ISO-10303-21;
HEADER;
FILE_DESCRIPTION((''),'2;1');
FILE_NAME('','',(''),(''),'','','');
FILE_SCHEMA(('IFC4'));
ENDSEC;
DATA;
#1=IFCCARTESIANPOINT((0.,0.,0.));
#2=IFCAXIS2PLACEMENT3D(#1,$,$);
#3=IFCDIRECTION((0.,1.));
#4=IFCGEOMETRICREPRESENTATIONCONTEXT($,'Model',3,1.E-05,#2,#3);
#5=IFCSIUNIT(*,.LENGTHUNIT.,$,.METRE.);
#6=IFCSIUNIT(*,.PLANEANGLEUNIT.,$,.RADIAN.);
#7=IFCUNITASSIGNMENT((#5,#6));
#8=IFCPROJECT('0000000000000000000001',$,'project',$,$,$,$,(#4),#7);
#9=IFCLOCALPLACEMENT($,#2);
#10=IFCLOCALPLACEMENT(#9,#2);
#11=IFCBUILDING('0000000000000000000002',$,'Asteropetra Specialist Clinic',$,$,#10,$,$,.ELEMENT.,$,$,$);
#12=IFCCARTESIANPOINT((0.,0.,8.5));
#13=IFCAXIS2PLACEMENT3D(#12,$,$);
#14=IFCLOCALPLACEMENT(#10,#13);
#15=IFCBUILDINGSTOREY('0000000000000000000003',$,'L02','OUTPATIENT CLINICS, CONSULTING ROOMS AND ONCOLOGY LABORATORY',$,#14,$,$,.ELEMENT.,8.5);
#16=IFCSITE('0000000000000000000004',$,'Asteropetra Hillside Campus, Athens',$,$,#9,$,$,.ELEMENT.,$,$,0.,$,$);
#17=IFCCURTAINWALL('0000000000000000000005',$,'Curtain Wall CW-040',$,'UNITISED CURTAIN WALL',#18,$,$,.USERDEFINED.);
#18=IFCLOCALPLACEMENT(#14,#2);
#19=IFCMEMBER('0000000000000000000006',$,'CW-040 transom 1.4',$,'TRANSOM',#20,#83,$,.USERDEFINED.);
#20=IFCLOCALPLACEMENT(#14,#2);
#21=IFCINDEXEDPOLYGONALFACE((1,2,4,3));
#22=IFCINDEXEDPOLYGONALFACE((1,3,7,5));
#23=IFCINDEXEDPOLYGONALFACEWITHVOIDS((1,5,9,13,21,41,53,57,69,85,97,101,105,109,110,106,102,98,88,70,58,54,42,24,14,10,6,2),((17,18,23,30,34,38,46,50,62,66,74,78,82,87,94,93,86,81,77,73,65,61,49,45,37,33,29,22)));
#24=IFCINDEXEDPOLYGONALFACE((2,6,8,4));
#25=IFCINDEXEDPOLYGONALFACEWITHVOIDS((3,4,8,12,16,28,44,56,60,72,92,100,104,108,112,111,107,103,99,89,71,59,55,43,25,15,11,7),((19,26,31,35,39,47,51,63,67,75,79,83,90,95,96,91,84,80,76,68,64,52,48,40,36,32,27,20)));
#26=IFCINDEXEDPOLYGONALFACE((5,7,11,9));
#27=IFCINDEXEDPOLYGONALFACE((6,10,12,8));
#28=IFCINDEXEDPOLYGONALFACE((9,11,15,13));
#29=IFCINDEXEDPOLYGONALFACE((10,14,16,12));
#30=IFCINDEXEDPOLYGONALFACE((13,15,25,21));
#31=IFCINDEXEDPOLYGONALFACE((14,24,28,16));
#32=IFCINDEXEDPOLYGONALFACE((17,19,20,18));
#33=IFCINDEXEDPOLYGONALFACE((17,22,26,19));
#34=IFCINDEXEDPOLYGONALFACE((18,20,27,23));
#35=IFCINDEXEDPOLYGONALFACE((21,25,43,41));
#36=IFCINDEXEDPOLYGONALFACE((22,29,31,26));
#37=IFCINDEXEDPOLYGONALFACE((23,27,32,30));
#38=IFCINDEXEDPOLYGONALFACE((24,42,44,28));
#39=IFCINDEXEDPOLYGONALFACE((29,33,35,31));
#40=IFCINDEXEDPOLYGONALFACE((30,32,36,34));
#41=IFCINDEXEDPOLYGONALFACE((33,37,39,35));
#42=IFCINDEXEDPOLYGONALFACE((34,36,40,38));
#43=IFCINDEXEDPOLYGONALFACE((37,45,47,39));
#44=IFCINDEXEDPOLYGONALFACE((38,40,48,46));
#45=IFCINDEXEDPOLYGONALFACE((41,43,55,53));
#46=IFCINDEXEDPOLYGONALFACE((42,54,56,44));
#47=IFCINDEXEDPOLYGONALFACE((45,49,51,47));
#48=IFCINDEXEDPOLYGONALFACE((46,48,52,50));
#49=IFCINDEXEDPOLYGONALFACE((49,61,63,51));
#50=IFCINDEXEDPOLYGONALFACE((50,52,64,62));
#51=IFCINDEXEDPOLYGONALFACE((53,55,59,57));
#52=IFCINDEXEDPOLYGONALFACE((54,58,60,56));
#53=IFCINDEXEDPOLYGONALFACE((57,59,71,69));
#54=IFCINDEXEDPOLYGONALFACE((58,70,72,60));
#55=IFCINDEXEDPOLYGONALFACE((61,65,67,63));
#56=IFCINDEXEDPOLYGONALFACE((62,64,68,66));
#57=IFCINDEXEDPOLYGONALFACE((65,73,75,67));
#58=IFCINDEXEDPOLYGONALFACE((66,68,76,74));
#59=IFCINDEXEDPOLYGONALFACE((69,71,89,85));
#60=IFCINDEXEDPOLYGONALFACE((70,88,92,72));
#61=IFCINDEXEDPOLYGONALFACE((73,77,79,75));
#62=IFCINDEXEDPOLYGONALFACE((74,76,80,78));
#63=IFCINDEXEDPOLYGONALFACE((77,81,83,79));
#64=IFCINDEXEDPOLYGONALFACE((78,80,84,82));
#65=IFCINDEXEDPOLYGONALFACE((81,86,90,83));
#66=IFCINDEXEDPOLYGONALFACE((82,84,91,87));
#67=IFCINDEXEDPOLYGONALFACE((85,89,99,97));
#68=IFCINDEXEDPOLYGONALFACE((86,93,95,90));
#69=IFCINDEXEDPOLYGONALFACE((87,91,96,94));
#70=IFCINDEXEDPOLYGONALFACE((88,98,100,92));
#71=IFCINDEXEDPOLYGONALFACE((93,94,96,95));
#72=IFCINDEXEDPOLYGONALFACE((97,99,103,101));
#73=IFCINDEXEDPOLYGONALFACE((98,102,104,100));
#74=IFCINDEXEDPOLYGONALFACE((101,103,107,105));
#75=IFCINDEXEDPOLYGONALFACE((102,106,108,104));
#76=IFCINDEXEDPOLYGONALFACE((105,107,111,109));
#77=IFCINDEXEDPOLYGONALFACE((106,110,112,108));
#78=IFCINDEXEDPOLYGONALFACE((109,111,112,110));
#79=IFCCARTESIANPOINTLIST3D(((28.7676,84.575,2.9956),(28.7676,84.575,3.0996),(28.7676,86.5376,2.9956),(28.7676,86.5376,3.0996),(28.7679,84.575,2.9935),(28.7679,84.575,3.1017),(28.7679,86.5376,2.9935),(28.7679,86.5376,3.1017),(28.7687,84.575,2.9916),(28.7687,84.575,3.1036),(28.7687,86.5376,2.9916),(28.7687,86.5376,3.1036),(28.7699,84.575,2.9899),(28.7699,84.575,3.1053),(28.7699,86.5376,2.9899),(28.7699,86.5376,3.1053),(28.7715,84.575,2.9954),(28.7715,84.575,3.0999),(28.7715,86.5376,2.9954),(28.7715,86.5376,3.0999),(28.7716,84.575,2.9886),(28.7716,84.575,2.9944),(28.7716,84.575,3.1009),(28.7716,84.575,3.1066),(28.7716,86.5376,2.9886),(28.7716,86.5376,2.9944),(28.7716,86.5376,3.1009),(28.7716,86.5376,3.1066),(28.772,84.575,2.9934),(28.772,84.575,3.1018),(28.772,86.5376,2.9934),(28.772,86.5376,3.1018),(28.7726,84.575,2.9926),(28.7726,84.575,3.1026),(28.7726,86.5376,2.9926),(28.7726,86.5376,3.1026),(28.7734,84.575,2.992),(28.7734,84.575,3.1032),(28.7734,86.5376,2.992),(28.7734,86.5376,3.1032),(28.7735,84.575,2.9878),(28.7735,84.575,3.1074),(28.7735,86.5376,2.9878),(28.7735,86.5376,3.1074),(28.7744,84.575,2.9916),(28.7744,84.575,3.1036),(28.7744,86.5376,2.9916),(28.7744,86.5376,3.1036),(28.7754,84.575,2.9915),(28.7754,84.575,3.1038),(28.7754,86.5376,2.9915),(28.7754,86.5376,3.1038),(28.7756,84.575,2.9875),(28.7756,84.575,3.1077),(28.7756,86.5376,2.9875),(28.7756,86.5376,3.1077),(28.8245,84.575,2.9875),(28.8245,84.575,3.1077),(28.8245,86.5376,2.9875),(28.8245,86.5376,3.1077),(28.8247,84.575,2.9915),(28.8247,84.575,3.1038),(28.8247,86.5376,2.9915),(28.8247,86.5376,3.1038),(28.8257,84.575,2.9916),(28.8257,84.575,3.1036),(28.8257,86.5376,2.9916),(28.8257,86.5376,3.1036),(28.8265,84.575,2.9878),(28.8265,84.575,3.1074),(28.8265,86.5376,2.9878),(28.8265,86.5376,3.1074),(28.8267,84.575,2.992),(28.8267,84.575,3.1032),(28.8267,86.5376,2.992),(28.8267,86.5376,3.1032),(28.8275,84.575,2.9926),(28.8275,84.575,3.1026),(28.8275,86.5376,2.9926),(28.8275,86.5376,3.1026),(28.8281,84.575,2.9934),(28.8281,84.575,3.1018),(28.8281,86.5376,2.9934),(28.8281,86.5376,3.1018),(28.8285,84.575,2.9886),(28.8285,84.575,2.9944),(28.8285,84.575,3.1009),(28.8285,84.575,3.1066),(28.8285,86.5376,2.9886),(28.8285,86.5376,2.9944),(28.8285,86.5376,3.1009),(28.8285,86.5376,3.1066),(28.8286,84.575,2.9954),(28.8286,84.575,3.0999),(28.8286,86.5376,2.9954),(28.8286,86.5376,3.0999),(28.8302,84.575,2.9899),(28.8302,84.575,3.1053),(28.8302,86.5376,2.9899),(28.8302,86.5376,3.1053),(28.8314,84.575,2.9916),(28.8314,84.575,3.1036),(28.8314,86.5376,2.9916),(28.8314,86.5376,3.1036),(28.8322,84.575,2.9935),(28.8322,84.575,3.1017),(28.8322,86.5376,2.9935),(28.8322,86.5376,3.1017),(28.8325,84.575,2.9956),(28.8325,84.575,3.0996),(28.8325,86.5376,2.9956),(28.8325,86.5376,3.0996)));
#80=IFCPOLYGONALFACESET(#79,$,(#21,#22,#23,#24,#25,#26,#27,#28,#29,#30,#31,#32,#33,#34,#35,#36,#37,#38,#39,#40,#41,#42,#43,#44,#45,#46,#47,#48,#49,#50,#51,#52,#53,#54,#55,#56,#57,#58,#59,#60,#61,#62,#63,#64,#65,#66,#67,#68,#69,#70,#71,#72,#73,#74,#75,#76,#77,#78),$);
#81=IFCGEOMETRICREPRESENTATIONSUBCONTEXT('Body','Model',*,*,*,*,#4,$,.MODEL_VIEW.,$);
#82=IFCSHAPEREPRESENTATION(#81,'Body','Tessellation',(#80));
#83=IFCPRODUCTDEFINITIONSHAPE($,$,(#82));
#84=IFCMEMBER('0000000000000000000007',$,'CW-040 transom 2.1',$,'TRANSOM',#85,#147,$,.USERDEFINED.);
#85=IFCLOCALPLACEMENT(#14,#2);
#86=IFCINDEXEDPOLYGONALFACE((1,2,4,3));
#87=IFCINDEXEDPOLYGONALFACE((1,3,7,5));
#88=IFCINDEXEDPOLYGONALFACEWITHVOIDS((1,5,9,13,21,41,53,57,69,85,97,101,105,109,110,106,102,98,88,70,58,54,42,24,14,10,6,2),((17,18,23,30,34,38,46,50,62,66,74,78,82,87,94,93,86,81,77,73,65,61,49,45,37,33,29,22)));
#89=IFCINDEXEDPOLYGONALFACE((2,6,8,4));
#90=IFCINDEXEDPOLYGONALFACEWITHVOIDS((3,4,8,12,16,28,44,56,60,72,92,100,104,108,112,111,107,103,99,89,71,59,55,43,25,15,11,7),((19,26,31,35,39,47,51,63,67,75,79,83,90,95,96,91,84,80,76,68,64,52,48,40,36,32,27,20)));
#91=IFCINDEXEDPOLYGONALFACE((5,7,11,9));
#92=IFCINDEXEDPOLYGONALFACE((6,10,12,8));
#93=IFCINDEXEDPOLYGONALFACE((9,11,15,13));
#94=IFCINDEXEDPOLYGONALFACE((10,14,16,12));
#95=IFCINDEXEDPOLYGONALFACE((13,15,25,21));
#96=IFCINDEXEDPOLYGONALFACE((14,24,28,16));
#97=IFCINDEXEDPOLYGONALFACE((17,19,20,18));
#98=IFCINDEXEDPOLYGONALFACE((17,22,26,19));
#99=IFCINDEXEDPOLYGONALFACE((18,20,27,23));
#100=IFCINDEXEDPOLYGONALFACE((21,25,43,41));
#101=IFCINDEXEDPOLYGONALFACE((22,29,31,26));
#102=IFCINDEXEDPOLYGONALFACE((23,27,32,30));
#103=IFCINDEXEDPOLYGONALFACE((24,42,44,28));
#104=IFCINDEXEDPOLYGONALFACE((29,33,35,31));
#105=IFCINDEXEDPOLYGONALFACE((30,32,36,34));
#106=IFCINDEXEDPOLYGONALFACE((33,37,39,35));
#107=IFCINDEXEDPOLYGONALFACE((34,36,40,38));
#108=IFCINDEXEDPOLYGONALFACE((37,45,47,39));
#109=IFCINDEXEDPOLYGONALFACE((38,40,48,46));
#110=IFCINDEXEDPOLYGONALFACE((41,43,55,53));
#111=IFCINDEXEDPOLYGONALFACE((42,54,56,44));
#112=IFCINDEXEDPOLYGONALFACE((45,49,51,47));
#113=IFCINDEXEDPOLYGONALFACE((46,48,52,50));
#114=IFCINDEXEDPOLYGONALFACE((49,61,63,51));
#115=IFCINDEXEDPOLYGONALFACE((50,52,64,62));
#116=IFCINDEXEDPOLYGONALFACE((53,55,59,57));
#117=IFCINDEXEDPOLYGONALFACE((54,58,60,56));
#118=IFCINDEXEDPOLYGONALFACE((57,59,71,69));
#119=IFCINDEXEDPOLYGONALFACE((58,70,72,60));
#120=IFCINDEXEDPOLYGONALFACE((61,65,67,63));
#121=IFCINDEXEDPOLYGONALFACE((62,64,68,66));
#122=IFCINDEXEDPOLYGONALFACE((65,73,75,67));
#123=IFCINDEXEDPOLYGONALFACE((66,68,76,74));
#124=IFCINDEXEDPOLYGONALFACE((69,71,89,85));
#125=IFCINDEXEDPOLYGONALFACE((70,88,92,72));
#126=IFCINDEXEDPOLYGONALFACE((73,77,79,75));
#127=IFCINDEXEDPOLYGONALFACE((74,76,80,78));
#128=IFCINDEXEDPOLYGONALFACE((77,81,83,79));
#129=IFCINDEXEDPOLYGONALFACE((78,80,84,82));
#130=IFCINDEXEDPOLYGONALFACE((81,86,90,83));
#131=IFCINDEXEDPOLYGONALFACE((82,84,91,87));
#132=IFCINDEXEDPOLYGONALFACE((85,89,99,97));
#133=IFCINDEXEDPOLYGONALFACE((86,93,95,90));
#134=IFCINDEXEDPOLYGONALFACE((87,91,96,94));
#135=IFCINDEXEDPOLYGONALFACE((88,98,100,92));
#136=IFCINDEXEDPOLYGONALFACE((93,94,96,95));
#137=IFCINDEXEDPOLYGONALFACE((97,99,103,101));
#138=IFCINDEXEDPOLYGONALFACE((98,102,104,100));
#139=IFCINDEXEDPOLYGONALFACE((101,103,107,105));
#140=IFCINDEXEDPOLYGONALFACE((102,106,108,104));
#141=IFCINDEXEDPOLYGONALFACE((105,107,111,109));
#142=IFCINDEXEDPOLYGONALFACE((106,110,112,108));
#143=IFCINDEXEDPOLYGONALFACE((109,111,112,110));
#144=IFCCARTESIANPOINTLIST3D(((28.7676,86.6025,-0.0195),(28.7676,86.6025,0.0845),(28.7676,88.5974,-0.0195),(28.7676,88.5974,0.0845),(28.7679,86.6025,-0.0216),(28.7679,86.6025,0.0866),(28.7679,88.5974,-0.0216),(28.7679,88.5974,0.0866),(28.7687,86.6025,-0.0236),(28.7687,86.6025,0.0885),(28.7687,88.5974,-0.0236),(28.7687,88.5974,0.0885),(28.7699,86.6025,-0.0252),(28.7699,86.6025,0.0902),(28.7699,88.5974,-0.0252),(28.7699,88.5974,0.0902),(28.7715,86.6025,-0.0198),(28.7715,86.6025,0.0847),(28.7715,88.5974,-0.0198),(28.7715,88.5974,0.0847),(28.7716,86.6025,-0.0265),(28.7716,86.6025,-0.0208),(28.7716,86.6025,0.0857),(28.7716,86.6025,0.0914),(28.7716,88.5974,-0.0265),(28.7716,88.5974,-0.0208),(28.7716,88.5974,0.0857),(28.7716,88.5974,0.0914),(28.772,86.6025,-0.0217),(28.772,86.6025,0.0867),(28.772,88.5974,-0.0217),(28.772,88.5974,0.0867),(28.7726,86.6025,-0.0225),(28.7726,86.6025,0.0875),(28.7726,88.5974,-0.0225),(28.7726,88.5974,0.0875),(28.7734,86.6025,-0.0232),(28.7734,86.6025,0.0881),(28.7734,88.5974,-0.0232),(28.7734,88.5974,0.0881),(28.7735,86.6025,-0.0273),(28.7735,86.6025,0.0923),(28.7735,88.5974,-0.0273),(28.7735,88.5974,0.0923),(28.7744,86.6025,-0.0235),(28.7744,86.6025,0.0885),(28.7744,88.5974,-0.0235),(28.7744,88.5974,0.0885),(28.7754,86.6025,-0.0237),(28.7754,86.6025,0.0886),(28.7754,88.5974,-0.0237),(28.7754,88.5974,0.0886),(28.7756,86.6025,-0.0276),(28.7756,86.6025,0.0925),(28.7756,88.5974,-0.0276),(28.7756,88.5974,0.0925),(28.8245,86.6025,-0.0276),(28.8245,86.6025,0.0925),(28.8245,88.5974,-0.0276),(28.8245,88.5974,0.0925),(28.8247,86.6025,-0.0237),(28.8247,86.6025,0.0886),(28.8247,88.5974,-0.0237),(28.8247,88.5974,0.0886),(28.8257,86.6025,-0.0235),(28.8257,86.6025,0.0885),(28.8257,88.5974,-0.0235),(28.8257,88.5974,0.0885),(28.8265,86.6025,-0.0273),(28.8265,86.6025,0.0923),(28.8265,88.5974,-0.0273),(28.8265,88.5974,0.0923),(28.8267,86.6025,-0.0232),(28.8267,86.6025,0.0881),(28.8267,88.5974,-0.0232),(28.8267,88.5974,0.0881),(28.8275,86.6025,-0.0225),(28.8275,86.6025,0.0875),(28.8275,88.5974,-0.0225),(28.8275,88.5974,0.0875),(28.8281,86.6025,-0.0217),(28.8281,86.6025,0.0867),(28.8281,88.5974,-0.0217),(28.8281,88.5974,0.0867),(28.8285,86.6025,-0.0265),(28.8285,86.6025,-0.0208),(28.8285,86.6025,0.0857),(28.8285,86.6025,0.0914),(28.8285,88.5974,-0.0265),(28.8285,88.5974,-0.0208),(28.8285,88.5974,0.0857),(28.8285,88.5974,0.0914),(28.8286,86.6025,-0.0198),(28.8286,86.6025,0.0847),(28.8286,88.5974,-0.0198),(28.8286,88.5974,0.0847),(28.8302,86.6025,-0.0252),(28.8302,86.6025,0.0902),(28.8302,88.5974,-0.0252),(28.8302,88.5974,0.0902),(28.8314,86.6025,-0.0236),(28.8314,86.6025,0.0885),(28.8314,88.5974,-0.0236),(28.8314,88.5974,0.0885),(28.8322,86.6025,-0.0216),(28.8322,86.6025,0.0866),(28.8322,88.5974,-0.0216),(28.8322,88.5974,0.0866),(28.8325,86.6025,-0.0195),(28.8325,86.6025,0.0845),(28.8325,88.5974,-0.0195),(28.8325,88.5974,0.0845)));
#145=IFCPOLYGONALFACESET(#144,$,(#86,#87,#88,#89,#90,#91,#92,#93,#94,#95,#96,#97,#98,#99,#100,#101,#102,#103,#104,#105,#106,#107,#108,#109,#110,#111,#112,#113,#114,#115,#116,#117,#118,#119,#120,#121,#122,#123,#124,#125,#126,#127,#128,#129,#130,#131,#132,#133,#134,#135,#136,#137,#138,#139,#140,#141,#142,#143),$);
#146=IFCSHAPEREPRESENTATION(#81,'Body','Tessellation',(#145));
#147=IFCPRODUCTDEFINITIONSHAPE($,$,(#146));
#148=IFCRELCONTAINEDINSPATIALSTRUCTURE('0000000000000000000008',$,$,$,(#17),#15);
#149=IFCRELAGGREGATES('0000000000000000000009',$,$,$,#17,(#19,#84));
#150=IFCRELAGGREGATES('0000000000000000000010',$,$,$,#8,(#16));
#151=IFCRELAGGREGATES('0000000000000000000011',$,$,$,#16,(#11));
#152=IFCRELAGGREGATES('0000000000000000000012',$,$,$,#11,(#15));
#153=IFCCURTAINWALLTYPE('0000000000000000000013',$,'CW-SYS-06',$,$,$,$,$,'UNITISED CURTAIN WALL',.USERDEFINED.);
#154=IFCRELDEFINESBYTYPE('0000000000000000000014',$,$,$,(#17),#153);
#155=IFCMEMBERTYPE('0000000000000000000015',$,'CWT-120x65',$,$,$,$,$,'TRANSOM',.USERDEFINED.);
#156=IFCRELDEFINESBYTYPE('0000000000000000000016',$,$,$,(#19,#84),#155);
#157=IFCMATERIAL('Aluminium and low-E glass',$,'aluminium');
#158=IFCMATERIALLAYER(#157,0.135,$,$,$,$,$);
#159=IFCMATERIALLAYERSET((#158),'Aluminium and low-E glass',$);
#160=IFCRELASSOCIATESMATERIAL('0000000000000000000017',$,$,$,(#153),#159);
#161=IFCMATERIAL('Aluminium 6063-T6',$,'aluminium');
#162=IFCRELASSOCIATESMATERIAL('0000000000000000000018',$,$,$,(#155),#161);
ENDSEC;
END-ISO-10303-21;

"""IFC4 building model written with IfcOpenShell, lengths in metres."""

from ifc_helpers import new_model, si_unit, direction, frame, origin, origin_2d, place, context, subcontext, project, spatial, hollow_rectangle, extrude, material, layer, layer_set, material_profile, profile_set, type_object, element, aggregate, save


model = new_model("IFC4")

# Units and contexts
model_context = context("Model", 3, precision=1e-05, world=origin(), true_north=direction((0.0, 1.0)))
body_context = subcontext(model_context, "Body", "Model", "MODEL_VIEW")
ifc_project = project(units=[si_unit("LENGTHUNIT", "METRE"), si_unit("PLANEANGLEUNIT", "RADIAN")], contexts=[model_context])

# Site, building, storey
site_placement = place(None, origin())
site = spatial("IfcSite", under=ifc_project, at=site_placement, Name="Asteropetra Hillside Campus, Athens", CompositionType="ELEMENT", RefElevation=0.0)
building_placement = place(site_placement, origin())
building = spatial("IfcBuilding", under=site, at=building_placement, Name="Asteropetra Specialist Clinic", CompositionType="ELEMENT")
storey_placement = place(building_placement, frame((0.0, 0.0, 8.5)))
storey = spatial("IfcBuildingStorey", under=building, at=storey_placement, Name="L02", Description="OUTPATIENT CLINICS, CONSULTING ROOMS AND ONCOLOGY LABORATORY", CompositionType="ELEMENT", Elevation=8.5)

# Curtain wall
ifc_material_1 = material(Name="Aluminium and low-E glass", Category="aluminium")
ifc_layer_1 = layer(ifc_material_1, 0.135)
ifc_layer_set_1 = layer_set([ifc_layer_1], Name="Aluminium and low-E glass")
curtain_wall_type_1 = type_object("IfcCurtainWallType", Name="CW-SYS-06", ElementType="UNITISED CURTAIN WALL", PredefinedType="USERDEFINED", material=ifc_layer_set_1)
curtain_wall_1_placement = place(storey_placement, origin())
curtain_wall_1 = element("IfcCurtainWall", 1, at=curtain_wall_1_placement, inside=storey, type_object=curtain_wall_type_1, Name="Curtain Wall CW-040", ObjectType="UNITISED CURTAIN WALL", PredefinedType="USERDEFINED")

# Members
ifc_material_2 = material(Name="Aluminium 6063-T6", Category="aluminium")
ifc_material_profile_1 = material_profile(ifc_material_2, hollow_rectangle(XDim=0.0649, YDim=0.1201, WallThickness=0.0039, InnerFilletRadius=0.0039, OuterFilletRadius=0.0081, at=origin_2d()), Name="TRN 120x65x4.0")
ifc_profile_set_1 = profile_set([ifc_material_profile_1], Name="Aluminium 6063-T6")
member_type_1 = type_object("IfcMemberType", Name="CWT-120x65", ElementType="TRANSOM", PredefinedType="USERDEFINED", material=ifc_profile_set_1)
member_1_placement = place(storey_placement, frame((28.8, 84.575, 3.0476), z_axis=(0.0, 1.0, 0.0), x_axis=(-1.0, 0.0, 0.0)))
member_1 = element("IfcMember", 2, at=member_1_placement, type_object=member_type_1, Name="CW-040 transom 1.4", ObjectType="TRANSOM", PredefinedType="USERDEFINED", context=body_context, shape_type="SweptSolid", body=[
    extrude(hollow_rectangle(XDim=0.0649, YDim=0.1201, WallThickness=0.0039, InnerFilletRadius=0.0039, OuterFilletRadius=0.0081, at=origin_2d()), origin(), (0.0, 0.0, 1.0), 1.9626),
])
member_2_placement = place(storey_placement, frame((28.8, 86.6025, 0.0325), z_axis=(0.0, 1.0, 0.0), x_axis=(-1.0, 0.0, 0.0)))
member_2 = element("IfcMember", 3, at=member_2_placement, type_object=member_type_1, Name="CW-040 transom 2.1", ObjectType="TRANSOM", PredefinedType="USERDEFINED", context=body_context, shape_type="SweptSolid", body=[
    extrude(hollow_rectangle(XDim=0.0649, YDim=0.1201, WallThickness=0.0039, InnerFilletRadius=0.0039, OuterFilletRadius=0.0081, at=origin_2d()), origin(), (0.0, 0.0, 1.0), 1.9949),
])

aggregate(curtain_wall_1, [member_1, member_2])

save(model, "model.ifc")
